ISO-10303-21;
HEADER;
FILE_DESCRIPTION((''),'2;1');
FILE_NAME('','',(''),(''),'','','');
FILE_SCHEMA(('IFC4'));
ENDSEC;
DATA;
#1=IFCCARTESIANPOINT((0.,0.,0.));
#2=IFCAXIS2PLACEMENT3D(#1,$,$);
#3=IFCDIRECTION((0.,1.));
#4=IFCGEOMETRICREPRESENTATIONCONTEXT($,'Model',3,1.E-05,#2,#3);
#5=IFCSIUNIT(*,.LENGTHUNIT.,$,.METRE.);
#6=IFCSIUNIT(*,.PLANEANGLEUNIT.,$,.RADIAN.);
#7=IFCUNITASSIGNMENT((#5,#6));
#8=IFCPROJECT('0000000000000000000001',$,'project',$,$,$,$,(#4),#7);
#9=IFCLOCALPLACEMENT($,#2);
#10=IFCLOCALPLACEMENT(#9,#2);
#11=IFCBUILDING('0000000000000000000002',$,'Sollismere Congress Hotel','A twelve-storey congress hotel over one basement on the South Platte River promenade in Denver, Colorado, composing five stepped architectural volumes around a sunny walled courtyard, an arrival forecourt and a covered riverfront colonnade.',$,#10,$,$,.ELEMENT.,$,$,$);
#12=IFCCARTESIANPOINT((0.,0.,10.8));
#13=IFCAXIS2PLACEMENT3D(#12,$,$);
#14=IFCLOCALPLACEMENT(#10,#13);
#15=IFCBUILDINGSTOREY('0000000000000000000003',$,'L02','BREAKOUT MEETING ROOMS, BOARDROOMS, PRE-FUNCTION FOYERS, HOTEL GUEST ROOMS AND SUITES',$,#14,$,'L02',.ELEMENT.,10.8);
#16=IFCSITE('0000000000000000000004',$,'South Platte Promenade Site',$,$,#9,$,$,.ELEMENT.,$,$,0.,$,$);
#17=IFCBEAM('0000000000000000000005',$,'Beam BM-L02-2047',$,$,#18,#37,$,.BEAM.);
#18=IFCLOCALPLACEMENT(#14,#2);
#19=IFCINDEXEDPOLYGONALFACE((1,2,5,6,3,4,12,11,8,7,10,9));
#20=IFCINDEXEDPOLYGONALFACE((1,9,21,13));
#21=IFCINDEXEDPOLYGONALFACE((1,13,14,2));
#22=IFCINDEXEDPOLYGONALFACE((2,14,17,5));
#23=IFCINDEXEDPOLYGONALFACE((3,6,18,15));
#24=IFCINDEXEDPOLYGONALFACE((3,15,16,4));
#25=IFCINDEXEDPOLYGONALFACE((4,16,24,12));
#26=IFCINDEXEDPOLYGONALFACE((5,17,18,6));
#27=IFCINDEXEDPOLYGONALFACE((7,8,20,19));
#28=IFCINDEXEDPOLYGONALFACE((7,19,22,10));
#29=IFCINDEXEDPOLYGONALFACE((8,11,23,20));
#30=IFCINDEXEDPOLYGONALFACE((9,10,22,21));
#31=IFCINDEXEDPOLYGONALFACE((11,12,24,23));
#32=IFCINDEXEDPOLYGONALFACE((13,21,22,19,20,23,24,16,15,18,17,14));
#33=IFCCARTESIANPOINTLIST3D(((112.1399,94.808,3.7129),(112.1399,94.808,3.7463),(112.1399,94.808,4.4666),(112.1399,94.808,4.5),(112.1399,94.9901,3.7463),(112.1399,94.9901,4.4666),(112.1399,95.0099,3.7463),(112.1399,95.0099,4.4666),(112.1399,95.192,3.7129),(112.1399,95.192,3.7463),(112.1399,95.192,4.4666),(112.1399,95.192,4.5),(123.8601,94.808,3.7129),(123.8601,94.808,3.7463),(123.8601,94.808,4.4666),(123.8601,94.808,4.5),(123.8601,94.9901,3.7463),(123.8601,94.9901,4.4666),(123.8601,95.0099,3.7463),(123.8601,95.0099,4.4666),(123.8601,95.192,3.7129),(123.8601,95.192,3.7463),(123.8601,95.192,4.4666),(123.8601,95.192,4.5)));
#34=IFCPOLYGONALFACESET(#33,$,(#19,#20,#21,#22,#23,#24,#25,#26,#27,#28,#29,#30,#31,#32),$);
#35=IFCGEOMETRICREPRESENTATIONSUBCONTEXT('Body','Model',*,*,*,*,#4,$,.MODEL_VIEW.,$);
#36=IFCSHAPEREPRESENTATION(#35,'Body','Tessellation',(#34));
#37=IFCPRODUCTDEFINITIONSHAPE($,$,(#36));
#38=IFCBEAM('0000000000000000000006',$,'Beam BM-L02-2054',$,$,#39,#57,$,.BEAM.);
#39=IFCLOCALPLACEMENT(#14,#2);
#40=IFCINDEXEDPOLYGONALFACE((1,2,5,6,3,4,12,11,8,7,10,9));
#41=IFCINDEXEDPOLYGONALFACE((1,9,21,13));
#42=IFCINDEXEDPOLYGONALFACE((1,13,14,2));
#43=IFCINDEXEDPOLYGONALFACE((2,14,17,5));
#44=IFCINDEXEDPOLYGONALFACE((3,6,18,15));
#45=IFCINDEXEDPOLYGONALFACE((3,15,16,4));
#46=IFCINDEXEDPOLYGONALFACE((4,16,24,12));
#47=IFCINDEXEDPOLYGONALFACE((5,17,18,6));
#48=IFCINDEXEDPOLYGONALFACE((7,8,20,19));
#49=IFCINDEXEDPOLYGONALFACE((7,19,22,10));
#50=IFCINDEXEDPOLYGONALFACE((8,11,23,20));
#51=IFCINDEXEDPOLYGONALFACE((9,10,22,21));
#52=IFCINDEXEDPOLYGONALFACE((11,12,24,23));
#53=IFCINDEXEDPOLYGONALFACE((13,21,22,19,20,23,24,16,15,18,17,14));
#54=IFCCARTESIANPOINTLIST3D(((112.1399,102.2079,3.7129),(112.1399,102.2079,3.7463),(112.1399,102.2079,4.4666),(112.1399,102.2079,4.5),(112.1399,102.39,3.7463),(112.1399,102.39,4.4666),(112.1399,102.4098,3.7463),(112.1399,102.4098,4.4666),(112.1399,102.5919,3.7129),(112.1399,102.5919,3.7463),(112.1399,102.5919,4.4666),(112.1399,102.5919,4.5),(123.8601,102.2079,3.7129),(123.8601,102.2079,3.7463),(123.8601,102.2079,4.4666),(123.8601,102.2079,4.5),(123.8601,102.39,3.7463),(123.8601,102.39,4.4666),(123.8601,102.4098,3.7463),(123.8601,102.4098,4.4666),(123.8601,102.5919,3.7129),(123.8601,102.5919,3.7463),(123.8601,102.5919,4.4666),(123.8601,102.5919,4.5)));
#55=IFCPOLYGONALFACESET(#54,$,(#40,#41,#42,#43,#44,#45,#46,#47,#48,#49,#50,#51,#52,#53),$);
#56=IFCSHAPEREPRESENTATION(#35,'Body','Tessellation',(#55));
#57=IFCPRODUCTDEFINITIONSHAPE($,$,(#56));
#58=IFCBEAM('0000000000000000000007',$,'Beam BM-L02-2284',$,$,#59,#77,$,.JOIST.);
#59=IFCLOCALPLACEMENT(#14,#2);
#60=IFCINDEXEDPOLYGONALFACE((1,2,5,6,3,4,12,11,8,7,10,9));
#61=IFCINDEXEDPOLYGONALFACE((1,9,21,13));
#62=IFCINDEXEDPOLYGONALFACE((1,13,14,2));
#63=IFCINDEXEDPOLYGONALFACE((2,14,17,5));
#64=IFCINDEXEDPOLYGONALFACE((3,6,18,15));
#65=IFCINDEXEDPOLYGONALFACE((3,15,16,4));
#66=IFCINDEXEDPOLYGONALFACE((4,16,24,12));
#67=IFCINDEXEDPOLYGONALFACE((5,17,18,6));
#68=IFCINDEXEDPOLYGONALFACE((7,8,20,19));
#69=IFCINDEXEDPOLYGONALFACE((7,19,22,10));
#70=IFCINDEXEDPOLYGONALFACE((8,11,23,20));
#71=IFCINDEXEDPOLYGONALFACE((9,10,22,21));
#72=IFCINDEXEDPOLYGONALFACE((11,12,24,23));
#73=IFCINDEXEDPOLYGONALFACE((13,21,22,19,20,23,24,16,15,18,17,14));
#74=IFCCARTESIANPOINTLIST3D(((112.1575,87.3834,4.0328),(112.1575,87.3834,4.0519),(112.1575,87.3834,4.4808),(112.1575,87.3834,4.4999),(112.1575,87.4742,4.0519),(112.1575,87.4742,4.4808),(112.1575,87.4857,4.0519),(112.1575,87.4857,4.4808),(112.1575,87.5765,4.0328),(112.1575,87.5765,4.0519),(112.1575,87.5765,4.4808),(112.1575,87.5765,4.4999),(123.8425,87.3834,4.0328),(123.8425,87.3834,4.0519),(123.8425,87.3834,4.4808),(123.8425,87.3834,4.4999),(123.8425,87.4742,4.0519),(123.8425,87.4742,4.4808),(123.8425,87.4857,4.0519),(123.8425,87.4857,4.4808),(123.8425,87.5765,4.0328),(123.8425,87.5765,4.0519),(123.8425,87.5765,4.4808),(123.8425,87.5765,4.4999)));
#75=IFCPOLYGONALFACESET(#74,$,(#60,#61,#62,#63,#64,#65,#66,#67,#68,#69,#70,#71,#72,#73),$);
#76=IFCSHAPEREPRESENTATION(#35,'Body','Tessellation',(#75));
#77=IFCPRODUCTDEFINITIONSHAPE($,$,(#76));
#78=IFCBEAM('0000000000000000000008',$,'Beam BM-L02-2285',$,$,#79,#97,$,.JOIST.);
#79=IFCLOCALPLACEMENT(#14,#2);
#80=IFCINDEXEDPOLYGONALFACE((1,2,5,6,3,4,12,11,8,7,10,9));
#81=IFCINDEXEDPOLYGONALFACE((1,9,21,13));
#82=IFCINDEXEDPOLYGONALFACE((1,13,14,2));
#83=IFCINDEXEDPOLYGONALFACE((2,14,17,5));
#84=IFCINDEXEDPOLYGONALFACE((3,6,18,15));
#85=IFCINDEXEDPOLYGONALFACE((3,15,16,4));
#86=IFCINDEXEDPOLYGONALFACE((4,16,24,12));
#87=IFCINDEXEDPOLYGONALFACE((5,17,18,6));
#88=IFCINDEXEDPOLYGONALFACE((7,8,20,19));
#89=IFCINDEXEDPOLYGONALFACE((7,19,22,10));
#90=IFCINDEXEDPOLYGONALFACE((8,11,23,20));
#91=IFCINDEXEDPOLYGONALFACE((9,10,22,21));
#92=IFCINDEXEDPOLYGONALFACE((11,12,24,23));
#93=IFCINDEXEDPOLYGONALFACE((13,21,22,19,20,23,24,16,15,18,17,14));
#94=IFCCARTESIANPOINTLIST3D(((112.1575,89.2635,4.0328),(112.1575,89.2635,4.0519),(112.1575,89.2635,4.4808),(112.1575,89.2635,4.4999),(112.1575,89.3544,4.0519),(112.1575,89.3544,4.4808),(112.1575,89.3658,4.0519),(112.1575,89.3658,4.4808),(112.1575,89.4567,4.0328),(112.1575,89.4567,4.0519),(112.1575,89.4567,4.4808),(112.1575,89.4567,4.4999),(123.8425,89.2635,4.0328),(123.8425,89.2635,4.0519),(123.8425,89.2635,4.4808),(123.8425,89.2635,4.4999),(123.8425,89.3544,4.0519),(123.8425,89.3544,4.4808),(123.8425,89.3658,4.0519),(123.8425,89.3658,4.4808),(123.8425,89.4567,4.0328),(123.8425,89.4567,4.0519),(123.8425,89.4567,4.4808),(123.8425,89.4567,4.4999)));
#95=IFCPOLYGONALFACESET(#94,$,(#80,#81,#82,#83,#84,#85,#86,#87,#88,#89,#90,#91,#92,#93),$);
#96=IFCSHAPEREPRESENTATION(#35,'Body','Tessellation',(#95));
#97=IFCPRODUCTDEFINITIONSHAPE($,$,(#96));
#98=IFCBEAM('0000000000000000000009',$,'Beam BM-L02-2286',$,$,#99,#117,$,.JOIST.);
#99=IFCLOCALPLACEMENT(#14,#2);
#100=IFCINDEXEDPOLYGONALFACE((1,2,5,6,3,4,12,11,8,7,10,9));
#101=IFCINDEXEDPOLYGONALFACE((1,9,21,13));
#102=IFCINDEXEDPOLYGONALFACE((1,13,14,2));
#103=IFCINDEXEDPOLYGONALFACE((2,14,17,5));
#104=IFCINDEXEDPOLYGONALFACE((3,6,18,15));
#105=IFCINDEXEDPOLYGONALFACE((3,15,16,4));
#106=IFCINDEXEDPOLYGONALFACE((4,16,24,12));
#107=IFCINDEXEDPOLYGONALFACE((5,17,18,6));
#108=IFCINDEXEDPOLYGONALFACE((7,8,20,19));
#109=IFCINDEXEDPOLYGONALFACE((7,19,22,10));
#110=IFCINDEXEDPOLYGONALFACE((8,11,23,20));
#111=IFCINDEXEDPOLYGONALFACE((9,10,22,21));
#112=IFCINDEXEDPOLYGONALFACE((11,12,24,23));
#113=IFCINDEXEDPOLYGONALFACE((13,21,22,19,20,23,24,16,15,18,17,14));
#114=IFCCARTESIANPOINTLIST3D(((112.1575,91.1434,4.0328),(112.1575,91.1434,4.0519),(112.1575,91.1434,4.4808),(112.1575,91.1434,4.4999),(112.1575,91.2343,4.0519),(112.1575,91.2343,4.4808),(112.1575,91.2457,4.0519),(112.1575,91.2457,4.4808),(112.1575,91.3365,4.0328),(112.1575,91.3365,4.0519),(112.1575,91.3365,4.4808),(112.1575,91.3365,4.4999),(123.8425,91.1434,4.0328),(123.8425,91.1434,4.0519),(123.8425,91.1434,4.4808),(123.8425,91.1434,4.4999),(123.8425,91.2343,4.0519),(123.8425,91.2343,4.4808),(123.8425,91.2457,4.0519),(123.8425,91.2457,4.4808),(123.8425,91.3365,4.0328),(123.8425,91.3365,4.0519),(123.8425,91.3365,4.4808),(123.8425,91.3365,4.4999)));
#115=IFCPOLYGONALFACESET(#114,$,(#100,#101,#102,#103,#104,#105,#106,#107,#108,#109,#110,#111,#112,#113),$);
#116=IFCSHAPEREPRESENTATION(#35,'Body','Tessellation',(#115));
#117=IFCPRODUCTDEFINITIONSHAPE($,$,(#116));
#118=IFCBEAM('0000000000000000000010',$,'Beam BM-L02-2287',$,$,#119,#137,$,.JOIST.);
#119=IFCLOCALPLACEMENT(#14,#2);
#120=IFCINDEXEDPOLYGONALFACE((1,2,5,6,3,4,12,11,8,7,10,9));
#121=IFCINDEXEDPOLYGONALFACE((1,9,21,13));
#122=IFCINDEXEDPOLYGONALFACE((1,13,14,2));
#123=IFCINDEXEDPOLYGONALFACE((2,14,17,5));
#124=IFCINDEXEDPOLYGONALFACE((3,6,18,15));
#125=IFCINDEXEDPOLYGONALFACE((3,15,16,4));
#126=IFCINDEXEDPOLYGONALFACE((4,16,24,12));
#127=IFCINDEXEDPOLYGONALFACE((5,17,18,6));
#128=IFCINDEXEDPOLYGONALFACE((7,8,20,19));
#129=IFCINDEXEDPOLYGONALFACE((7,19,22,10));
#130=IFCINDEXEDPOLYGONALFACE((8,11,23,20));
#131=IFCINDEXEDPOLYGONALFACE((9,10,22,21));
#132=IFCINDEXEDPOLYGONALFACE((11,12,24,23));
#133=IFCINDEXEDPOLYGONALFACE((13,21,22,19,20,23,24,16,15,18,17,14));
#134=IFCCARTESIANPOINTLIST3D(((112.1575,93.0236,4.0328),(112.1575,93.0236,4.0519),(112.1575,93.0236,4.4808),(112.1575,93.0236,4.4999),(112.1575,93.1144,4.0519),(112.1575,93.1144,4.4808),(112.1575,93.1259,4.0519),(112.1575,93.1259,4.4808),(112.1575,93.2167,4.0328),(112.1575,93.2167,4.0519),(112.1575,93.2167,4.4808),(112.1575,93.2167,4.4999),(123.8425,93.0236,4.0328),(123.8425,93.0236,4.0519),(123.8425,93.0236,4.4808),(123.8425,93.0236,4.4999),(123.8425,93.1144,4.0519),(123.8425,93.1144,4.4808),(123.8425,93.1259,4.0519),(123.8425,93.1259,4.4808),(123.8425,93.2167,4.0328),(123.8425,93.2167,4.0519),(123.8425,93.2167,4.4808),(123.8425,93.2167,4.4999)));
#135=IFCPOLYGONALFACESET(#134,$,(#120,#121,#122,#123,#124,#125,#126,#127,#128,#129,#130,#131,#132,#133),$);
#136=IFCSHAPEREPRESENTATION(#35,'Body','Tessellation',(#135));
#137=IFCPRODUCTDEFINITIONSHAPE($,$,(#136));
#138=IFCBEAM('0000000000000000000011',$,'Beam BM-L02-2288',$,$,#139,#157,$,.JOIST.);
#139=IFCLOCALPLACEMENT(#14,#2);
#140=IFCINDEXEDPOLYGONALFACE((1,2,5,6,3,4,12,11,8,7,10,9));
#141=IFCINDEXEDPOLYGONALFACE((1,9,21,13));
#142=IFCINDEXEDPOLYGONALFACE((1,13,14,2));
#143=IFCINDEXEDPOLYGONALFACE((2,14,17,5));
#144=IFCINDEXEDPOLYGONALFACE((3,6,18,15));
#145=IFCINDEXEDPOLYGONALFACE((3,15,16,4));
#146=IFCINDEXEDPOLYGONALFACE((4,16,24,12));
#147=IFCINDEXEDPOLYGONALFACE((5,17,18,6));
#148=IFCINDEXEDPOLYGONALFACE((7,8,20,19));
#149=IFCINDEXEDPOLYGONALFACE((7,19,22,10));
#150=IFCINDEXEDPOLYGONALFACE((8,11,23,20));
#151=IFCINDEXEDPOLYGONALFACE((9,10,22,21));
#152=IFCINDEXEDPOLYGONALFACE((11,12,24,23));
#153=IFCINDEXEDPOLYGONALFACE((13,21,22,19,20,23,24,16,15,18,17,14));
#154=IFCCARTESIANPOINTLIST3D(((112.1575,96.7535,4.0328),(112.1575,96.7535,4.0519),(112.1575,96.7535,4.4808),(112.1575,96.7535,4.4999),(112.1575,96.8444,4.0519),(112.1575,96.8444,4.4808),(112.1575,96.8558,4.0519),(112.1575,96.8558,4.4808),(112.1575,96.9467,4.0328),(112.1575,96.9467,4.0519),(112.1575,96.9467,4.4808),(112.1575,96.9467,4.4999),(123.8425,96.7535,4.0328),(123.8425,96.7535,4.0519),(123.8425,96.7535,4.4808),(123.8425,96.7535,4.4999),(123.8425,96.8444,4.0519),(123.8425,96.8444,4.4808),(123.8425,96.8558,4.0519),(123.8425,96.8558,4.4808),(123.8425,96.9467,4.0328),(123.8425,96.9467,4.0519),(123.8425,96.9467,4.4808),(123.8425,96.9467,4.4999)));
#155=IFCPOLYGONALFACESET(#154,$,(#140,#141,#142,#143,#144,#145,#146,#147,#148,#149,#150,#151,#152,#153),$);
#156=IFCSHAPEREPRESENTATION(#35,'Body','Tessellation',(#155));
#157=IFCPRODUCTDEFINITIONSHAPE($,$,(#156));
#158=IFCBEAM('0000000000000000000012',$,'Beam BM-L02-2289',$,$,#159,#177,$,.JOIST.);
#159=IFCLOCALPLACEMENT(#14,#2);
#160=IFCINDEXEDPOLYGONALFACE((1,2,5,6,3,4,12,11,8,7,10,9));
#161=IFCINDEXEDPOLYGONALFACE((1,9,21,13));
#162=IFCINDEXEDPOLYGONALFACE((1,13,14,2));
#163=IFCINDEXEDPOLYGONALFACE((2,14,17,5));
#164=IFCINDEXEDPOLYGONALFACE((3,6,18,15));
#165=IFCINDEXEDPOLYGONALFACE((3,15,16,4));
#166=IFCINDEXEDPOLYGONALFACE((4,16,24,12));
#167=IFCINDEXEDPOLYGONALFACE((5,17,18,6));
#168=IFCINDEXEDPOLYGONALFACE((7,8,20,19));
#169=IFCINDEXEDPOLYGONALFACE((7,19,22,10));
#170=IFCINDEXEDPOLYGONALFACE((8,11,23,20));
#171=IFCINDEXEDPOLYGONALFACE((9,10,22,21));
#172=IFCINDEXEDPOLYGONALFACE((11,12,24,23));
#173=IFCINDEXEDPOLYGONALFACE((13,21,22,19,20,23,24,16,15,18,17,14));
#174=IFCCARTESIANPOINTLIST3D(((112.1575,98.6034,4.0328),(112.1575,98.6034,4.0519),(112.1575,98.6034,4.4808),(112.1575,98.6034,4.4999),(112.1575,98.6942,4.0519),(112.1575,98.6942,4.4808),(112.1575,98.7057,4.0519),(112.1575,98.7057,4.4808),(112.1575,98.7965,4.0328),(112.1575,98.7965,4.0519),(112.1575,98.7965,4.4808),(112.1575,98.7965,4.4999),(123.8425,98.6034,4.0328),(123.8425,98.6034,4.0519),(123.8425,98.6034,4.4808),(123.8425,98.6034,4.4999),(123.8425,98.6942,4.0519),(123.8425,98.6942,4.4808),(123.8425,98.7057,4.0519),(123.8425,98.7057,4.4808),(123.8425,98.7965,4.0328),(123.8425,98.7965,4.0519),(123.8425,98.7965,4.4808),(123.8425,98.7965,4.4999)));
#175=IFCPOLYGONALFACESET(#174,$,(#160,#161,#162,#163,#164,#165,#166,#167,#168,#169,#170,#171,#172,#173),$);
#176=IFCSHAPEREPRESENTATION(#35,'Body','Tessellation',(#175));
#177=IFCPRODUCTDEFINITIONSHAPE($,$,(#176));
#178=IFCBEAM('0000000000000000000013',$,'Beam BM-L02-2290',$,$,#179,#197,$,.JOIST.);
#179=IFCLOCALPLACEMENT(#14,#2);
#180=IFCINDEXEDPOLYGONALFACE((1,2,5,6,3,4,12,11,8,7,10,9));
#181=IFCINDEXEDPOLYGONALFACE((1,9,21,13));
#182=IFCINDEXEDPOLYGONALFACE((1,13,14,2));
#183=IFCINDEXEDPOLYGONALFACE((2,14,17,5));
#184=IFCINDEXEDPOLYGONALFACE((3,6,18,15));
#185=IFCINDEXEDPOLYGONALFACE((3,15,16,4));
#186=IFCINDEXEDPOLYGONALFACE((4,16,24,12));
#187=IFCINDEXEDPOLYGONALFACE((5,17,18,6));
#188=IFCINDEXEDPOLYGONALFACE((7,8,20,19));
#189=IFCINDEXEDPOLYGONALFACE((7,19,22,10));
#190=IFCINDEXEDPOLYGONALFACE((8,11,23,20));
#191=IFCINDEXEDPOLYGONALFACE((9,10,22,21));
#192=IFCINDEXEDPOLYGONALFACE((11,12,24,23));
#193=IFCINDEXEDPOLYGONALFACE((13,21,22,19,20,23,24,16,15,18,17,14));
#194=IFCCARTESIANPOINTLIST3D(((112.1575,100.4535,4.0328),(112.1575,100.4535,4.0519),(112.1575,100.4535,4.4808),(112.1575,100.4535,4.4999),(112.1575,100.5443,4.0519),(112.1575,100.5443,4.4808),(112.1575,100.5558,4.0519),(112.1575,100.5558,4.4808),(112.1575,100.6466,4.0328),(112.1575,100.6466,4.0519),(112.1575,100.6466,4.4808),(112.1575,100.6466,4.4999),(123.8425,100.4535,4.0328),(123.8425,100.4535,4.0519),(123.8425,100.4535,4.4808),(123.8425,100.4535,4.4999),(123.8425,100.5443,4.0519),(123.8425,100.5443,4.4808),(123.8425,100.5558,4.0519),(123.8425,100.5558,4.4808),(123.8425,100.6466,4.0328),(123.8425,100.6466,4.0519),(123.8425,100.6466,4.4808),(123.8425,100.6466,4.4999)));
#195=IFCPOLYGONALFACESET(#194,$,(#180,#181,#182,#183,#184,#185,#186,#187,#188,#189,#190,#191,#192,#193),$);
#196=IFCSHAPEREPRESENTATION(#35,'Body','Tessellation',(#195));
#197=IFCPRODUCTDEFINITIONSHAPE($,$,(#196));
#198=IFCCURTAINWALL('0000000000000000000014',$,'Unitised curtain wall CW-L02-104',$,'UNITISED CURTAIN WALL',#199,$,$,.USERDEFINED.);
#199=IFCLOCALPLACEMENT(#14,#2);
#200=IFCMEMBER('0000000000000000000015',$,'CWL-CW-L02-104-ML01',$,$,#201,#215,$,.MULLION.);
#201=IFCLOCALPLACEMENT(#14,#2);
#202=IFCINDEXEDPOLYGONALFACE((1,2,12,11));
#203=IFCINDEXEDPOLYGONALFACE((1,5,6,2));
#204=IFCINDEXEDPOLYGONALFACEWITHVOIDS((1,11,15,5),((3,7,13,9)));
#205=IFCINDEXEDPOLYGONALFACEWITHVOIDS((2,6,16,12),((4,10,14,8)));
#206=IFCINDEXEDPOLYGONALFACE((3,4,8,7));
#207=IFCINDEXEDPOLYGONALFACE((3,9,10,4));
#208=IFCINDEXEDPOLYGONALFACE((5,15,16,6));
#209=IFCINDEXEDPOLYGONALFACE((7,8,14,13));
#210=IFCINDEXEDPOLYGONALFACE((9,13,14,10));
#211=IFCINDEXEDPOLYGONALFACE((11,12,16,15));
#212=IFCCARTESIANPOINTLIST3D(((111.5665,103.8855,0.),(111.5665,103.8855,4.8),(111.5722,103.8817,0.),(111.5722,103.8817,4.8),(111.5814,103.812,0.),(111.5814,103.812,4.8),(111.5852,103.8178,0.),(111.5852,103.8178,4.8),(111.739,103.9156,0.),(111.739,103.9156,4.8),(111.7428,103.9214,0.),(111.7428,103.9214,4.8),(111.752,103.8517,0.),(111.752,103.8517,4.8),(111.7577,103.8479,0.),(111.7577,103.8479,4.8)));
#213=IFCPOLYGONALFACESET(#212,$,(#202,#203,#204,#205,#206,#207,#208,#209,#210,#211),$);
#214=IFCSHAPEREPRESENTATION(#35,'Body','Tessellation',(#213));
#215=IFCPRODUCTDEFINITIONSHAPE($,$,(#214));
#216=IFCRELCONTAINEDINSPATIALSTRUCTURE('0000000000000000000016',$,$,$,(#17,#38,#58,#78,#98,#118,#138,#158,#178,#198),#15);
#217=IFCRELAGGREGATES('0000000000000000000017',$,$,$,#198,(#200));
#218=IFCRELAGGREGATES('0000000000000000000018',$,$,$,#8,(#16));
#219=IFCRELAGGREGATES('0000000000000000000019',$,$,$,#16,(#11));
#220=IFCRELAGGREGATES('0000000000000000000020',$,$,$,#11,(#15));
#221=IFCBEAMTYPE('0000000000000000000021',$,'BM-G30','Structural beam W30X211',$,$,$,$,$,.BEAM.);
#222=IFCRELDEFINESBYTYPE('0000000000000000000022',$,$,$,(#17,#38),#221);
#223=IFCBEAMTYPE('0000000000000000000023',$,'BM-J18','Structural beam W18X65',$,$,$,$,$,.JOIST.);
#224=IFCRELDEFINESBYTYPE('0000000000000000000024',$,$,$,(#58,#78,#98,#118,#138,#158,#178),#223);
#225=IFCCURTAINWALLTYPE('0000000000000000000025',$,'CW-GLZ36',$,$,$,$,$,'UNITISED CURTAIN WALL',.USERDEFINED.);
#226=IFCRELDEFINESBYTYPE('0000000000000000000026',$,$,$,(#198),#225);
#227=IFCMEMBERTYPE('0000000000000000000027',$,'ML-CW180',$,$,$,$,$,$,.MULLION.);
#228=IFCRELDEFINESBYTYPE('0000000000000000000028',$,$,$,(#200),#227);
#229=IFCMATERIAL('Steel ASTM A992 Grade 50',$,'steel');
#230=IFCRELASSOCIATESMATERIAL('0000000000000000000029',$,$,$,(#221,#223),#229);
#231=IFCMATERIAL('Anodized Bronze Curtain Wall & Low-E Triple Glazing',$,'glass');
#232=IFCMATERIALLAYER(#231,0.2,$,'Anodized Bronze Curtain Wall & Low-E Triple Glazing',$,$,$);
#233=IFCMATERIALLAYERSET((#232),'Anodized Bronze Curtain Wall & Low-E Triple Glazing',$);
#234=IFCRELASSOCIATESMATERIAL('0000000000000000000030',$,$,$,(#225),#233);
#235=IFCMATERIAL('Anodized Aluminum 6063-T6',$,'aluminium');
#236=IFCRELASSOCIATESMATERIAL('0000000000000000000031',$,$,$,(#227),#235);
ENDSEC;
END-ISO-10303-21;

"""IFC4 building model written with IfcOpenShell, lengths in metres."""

from ifc_helpers import new_model, si_unit, direction, frame, origin, origin_2d, place, context, subcontext, project, spatial, hollow_rectangle, i_section, extrude, material, layer, layer_set, material_profile, profile_set, type_object, element, aggregate, save


model = new_model("IFC4")

# Units and contexts
model_context = context("Model", 3, precision=1e-05, world=origin(), true_north=direction((0.0, 1.0)))
body_context = subcontext(model_context, "Body", "Model", "MODEL_VIEW")
ifc_project = project(units=[si_unit("LENGTHUNIT", "METRE"), si_unit("PLANEANGLEUNIT", "RADIAN")], contexts=[model_context])

# Site, building, storey
site_placement = place(None, origin())
site = spatial("IfcSite", under=ifc_project, at=site_placement, Name="South Platte Promenade Site", CompositionType="ELEMENT", RefElevation=0.0)
building_placement = place(site_placement, origin())
building = spatial("IfcBuilding", under=site, at=building_placement, Name="Sollismere Congress Hotel", Description="A twelve-storey congress hotel over one basement on the South Platte River promenade in Denver, Colorado, composing five stepped architectural volumes around a sunny walled courtyard, an arrival forecourt and a covered riverfront colonnade.", CompositionType="ELEMENT")
storey_placement = place(building_placement, frame((0.0, 0.0, 10.8)))
storey = spatial("IfcBuildingStorey", under=building, at=storey_placement, Name="L02", Description="BREAKOUT MEETING ROOMS, BOARDROOMS, PRE-FUNCTION FOYERS, HOTEL GUEST ROOMS AND SUITES", LongName="L02", CompositionType="ELEMENT", Elevation=10.8)

# Shared definitions
ifc_material_1 = material(Name="Steel ASTM A992 Grade 50", Category="steel")

# Beams
ifc_material_profile_1 = material_profile(ifc_material_1, i_section(OverallWidth=0.384, OverallDepth=0.7871, WebThickness=0.0198, FlangeThickness=0.0334, at=origin_2d()), Name="W30X211")
ifc_profile_set_1 = profile_set([ifc_material_profile_1], Name="Steel ASTM A992 Grade 50")
beam_type_1 = type_object("IfcBeamType", Name="BM-G30", Description="Structural beam W30X211", PredefinedType="BEAM", material=ifc_profile_set_1)
for number, where, z_axis, x_axis, name in (
    (1, (112.1399, 95.0, 4.1064), (1.0, 0.0, 0.0), (0.0, 1.0, 0.0), "Beam BM-L02-2047"),
    (2, (112.1399, 102.3999, 4.1064), (1.0, 0.0, 0.0), (0.0, 1.0, 0.0), "Beam BM-L02-2054"),
):
    element("IfcBeam", number, at=place(storey_placement, frame(where, z_axis=z_axis, x_axis=x_axis)), inside=storey, type_object=beam_type_1, Name=name, PredefinedType="BEAM", context=body_context, shape_type="SweptSolid", body=[
        extrude(i_section(OverallWidth=0.384, OverallDepth=0.7871, WebThickness=0.0198, FlangeThickness=0.0334, at=origin_2d()), origin(), (0.0, 0.0, 1.0), 11.7202),
    ])
ifc_material_profile_2 = material_profile(ifc_material_1, i_section(OverallWidth=0.1931, OverallDepth=0.467, WebThickness=0.0115, FlangeThickness=0.019, at=origin_2d()), Name="W18X65")
ifc_profile_set_2 = profile_set([ifc_material_profile_2], Name="Steel ASTM A992 Grade 50")
beam_type_2 = type_object("IfcBeamType", Name="BM-J18", Description="Structural beam W18X65", PredefinedType="JOIST", material=ifc_profile_set_2)
for number, where, z_axis, x_axis, name in (
    (3, (112.1575, 87.48, 4.2664), (1.0, 0.0, 0.0), (0.0, 1.0, 0.0), "Beam BM-L02-2284"),
    (4, (112.1575, 89.3601, 4.2664), (1.0, 0.0, 0.0), (0.0, 1.0, 0.0), "Beam BM-L02-2285"),
    (5, (112.1575, 91.24, 4.2664), (1.0, 0.0, 0.0), (0.0, 1.0, 0.0), "Beam BM-L02-2286"),
    (6, (112.1575, 93.1201, 4.2664), (1.0, 0.0, 0.0), (0.0, 1.0, 0.0), "Beam BM-L02-2287"),
    (7, (112.1575, 96.8501, 4.2664), (1.0, 0.0, 0.0), (0.0, 1.0, 0.0), "Beam BM-L02-2288"),
    (8, (112.1575, 98.7, 4.2664), (1.0, 0.0, 0.0), (0.0, 1.0, 0.0), "Beam BM-L02-2289"),
    (9, (112.1575, 100.55, 4.2664), (1.0, 0.0, 0.0), (0.0, 1.0, 0.0), "Beam BM-L02-2290"),
):
    element("IfcBeam", number, at=place(storey_placement, frame(where, z_axis=z_axis, x_axis=x_axis)), inside=storey, type_object=beam_type_2, Name=name, PredefinedType="JOIST", context=body_context, shape_type="SweptSolid", body=[
        extrude(i_section(OverallWidth=0.1931, OverallDepth=0.467, WebThickness=0.0115, FlangeThickness=0.019, at=origin_2d()), origin(), (0.0, 0.0, 1.0), 11.6851),
    ])

# Curtain wall, member
ifc_material_2 = material(Name="Anodized Bronze Curtain Wall & Low-E Triple Glazing", Category="glass")
ifc_layer_1 = layer(ifc_material_2, 0.2, Name="Anodized Bronze Curtain Wall & Low-E Triple Glazing")
ifc_layer_set_1 = layer_set([ifc_layer_1], Name="Anodized Bronze Curtain Wall & Low-E Triple Glazing")
curtain_wall_type = type_object("IfcCurtainWallType", Name="CW-GLZ36", ElementType="UNITISED CURTAIN WALL", PredefinedType="USERDEFINED", material=ifc_layer_set_1)
curtain_wall_placement = place(storey_placement, origin())
curtain_wall = element("IfcCurtainWall", 10, at=curtain_wall_placement, inside=storey, type_object=curtain_wall_type, Name="Unitised curtain wall CW-L02-104", ObjectType="UNITISED CURTAIN WALL", PredefinedType="USERDEFINED")
ifc_material_3 = material(Name="Anodized Aluminum 6063-T6", Category="aluminium")
ifc_material_profile_3 = material_profile(ifc_material_3, hollow_rectangle(XDim=0.075, YDim=0.1799, WallThickness=0.0049, at=origin_2d()), Name="ALU180X75X5")
ifc_profile_set_3 = profile_set([ifc_material_profile_3], Name="Anodized Aluminum 6063-T6")
member_type = type_object("IfcMemberType", Name="ML-CW180", PredefinedType="MULLION", material=ifc_profile_set_3)
member_1_placement = place(storey_placement, frame((111.6621, 103.8667, 0.0), z_axis=(0.0, 0.0, 1.0), x_axis=(-0.199368, 0.979925, 0.0)))
member_1 = element("IfcMember", 11, at=member_1_placement, type_object=member_type, Name="CWL-CW-L02-104-ML01", PredefinedType="MULLION", context=body_context, shape_type="SweptSolid", body=[
    extrude(hollow_rectangle(XDim=0.075, YDim=0.1799, WallThickness=0.0049, at=origin_2d()), origin(), (0.0, 0.0, 1.0), 4.8),
])
aggregate(curtain_wall, [member_1])

save(model, "model.ifc")
